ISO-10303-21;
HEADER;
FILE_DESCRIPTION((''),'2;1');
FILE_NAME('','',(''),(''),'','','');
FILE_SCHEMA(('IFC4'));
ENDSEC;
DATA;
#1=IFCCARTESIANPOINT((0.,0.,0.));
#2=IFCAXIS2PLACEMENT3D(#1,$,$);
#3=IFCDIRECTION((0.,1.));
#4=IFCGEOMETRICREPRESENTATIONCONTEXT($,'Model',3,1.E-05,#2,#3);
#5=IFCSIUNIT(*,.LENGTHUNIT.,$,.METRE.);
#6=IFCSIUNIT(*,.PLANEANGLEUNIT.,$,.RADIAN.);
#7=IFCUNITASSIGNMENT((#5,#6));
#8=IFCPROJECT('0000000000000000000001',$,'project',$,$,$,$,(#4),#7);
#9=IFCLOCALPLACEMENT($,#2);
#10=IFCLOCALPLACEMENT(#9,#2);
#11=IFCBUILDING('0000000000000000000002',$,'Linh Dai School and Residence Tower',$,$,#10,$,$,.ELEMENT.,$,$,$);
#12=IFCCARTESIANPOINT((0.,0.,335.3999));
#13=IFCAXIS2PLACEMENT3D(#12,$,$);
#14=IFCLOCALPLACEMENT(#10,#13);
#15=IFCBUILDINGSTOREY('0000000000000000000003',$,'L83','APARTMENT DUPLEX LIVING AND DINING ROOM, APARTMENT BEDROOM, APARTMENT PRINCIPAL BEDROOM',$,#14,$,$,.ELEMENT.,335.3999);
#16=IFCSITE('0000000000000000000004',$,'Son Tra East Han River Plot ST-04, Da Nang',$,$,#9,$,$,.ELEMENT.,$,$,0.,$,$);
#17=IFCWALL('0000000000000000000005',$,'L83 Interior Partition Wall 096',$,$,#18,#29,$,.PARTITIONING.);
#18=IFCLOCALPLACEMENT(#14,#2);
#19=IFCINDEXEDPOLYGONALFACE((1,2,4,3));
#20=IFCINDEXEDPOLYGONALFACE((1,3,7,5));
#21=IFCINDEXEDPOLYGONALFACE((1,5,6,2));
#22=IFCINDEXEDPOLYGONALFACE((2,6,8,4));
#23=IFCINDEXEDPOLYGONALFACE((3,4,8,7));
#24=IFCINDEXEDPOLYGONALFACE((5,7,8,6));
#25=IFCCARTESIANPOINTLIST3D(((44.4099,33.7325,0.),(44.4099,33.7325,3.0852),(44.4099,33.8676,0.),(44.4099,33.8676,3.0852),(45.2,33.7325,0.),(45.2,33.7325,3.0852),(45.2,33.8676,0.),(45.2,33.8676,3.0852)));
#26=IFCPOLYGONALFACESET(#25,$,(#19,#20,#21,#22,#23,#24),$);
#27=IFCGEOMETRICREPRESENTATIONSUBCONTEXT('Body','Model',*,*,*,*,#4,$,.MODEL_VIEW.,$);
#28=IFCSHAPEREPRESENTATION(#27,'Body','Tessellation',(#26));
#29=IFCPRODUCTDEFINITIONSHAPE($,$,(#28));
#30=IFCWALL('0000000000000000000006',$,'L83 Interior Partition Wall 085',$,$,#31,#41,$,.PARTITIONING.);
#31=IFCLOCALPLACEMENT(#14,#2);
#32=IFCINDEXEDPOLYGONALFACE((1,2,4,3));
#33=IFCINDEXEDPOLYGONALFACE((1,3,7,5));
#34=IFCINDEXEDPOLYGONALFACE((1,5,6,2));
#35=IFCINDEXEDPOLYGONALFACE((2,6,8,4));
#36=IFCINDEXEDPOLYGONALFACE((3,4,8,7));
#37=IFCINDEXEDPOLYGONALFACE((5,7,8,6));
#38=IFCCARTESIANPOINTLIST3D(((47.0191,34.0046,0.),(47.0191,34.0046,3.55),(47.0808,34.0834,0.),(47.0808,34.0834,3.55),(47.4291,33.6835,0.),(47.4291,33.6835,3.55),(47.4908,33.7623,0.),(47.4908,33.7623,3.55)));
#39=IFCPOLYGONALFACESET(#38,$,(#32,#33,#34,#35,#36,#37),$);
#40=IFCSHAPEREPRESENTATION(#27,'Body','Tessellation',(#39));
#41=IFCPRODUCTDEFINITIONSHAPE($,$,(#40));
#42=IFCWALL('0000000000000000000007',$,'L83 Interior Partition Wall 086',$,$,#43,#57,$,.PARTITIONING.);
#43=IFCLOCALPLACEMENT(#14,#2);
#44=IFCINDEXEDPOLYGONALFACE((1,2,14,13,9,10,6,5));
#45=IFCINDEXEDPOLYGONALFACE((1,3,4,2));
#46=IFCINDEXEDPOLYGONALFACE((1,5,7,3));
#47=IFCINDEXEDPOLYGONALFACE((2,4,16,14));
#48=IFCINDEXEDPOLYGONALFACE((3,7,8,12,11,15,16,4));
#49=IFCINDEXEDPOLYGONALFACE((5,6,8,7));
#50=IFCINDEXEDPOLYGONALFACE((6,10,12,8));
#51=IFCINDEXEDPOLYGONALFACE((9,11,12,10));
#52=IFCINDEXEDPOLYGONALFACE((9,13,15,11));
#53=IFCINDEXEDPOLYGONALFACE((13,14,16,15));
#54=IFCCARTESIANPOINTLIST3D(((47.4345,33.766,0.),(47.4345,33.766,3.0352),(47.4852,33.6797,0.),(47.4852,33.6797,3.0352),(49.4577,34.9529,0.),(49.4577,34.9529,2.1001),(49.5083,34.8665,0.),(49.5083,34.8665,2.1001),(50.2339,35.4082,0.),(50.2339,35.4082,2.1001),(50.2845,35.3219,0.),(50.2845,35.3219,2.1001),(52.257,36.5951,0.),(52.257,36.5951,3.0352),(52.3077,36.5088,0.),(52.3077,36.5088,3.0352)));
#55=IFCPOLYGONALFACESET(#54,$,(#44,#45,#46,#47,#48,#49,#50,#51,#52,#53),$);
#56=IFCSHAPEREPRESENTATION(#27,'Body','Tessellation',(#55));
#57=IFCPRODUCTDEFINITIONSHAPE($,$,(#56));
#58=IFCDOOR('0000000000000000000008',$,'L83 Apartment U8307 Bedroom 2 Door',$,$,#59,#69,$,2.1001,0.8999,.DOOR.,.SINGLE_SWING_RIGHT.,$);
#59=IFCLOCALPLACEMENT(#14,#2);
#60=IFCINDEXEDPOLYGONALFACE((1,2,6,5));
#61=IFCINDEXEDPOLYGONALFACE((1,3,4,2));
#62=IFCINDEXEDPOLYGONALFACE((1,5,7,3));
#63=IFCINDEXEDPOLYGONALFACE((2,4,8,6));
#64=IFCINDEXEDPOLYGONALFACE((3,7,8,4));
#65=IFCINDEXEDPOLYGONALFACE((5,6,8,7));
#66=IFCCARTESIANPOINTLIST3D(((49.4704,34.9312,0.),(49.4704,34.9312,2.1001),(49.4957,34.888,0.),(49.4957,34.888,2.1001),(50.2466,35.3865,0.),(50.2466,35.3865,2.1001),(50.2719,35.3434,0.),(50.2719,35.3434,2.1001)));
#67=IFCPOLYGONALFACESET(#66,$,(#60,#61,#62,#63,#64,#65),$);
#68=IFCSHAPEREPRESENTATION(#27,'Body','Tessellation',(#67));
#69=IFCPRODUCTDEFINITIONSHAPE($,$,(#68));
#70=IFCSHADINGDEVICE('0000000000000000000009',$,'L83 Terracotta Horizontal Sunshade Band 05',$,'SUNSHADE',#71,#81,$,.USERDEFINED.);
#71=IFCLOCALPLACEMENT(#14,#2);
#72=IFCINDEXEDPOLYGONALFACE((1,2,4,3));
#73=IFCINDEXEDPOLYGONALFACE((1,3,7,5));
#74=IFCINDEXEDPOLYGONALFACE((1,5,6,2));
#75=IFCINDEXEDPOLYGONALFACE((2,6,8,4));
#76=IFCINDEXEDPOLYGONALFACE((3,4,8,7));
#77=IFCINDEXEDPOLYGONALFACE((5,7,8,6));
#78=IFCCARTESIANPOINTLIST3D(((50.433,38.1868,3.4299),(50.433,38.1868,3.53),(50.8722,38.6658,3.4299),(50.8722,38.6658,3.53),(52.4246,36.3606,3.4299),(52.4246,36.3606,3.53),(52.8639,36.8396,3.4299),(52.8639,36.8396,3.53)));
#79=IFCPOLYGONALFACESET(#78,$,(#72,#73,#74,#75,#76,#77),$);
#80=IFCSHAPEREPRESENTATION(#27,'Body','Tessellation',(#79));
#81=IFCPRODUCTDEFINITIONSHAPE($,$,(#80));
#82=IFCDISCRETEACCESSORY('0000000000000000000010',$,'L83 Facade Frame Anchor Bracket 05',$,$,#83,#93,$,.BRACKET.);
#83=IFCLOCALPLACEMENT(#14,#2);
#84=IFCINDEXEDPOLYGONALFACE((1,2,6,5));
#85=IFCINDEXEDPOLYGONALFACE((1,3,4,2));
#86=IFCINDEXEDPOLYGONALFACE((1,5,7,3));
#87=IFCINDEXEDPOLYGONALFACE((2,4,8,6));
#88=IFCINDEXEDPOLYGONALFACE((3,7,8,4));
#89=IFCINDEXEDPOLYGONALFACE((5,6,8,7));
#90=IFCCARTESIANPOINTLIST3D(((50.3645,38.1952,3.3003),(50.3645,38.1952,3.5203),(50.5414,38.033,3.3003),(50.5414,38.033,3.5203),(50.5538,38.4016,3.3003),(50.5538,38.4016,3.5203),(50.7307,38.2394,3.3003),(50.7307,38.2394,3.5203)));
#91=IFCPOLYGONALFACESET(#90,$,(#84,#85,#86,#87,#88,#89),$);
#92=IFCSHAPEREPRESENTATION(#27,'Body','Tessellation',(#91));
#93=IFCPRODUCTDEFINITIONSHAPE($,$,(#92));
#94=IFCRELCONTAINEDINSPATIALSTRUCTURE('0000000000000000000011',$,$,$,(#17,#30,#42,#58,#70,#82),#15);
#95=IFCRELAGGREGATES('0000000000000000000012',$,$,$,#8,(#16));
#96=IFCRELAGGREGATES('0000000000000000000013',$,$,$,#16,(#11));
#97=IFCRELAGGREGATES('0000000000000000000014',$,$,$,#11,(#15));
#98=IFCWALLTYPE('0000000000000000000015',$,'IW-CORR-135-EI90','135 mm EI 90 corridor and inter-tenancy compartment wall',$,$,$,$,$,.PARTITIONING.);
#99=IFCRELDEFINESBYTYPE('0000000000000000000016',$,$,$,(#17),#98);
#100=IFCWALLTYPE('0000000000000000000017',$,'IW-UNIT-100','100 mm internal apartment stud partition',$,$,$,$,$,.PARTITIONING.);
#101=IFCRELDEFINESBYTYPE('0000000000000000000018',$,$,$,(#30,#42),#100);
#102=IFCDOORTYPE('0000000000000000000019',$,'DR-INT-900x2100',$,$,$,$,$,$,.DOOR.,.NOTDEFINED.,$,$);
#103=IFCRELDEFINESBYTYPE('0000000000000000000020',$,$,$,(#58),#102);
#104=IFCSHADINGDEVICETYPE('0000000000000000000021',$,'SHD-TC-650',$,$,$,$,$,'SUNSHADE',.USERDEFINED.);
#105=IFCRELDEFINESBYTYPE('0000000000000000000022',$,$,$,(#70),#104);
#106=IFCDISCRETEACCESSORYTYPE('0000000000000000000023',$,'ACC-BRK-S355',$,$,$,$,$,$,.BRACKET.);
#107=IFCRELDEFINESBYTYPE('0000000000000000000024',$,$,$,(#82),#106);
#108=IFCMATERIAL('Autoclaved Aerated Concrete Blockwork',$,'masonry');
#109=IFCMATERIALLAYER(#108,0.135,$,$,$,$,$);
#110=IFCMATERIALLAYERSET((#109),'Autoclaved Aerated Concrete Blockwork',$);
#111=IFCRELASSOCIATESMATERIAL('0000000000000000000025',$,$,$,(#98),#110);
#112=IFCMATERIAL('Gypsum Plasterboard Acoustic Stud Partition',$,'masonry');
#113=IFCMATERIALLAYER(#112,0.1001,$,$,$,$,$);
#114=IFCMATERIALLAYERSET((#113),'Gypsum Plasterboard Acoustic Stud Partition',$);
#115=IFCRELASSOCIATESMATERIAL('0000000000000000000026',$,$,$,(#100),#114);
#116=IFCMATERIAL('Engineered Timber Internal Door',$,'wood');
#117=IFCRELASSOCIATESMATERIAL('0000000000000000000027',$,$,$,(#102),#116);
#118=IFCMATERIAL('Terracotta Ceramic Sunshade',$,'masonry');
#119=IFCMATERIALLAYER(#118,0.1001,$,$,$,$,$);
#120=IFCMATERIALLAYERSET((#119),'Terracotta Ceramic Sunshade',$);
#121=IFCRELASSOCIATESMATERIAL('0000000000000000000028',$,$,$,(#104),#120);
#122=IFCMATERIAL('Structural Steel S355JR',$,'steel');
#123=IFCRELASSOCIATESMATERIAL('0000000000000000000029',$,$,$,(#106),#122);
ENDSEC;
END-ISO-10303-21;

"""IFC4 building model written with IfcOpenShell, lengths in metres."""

from ifc_helpers import new_model, si_unit, direction, frame, frame_2d, origin, origin_2d, place, context, subcontext, project, spatial, rectangle, extrude, source, transform, mapped, material, layer, layer_set, type_object, element, fill, save


model = new_model("IFC4")

# Units and contexts
model_context = context("Model", 3, precision=1e-05, world=origin(), true_north=direction((0.0, 1.0)))
body_context = subcontext(model_context, "Body", "Model", "MODEL_VIEW")
ifc_project = project(units=[si_unit("LENGTHUNIT", "METRE"), si_unit("PLANEANGLEUNIT", "RADIAN")], contexts=[model_context])

# Site, building, storey
site_placement = place(None, origin())
site = spatial("IfcSite", under=ifc_project, at=site_placement, Name="Son Tra East Han River Plot ST-04, Da Nang", CompositionType="ELEMENT", RefElevation=0.0)
building_placement = place(site_placement, origin())
building = spatial("IfcBuilding", under=site, at=building_placement, Name="Linh Dai School and Residence Tower", CompositionType="ELEMENT")
storey_placement = place(building_placement, frame((0.0, 0.0, 335.3999)))
storey = spatial("IfcBuildingStorey", under=building, at=storey_placement, Name="L83", Description="APARTMENT DUPLEX LIVING AND DINING ROOM, APARTMENT BEDROOM, APARTMENT PRINCIPAL BEDROOM", CompositionType="ELEMENT", Elevation=335.3999)

# Shared definitions
ifc_material_1 = material(Name="Structural Steel S355JR", Category="steel")

# Walls
ifc_material_2 = material(Name="Autoclaved Aerated Concrete Blockwork", Category="masonry")
ifc_layer_1 = layer(ifc_material_2, 0.135)
ifc_layer_set_1 = layer_set([ifc_layer_1], Name="Autoclaved Aerated Concrete Blockwork")
wall_type_1 = type_object("IfcWallType", Name="IW-CORR-135-EI90", Description="135 mm EI 90 corridor and inter-tenancy compartment wall", PredefinedType="PARTITIONING", material=ifc_layer_set_1)
wall_1_placement = place(storey_placement, frame((45.2, 33.8, 0.0), z_axis=(0.0, 0.0, 1.0), x_axis=(-1.0, 0.0, 0.0)))
element("IfcWall", 1, at=wall_1_placement, inside=storey, type_object=wall_type_1, Name="L83 Interior Partition Wall 096", PredefinedType="PARTITIONING", context=body_context, shape_type="SweptSolid", body=[
    extrude(rectangle(XDim=0.79, YDim=0.135, at=frame_2d((0.395, 0.0))), origin(), (0.0, 0.0, 1.0), 3.0852),
])
ifc_material_3 = material(Name="Gypsum Plasterboard Acoustic Stud Partition", Category="masonry")
ifc_layer_2 = layer(ifc_material_3, 0.1001)
ifc_layer_set_2 = layer_set([ifc_layer_2], Name="Gypsum Plasterboard Acoustic Stud Partition")
wall_type_2 = type_object("IfcWallType", Name="IW-UNIT-100", Description="100 mm internal apartment stud partition", PredefinedType="PARTITIONING", material=ifc_layer_set_2)
wall_2_placement = place(storey_placement, frame((47.05, 34.0439, 0.0), z_axis=(0.0, 0.0, 1.0), x_axis=(0.787277, -0.616599, 0.0)))
element("IfcWall", 2, at=wall_2_placement, inside=storey, type_object=wall_type_2, Name="L83 Interior Partition Wall 085", PredefinedType="PARTITIONING", context=body_context, shape_type="SweptSolid", body=[
    extrude(rectangle(XDim=0.5208, YDim=0.1001, at=frame_2d((0.2603, 0.0))), origin(), (0.0, 0.0, 1.0), 3.55),
])

# Wall, opening, door
wall_3_placement = place(storey_placement, frame((47.46, 33.7229, 0.0), z_axis=(0.0, 0.0, 1.0), x_axis=(0.862533, 0.506001, 0.0)))
wall_3 = element("IfcWall", 3, at=wall_3_placement, inside=storey, type_object=wall_type_2, Name="L83 Interior Partition Wall 086", PredefinedType="PARTITIONING", context=body_context, shape_type="SweptSolid", body=[
    extrude(rectangle(XDim=5.5911, YDim=0.1001, at=frame_2d((2.7954, 0.0))), origin(), (0.0, 0.0, 1.0), 3.0352),
])
opening_1_placement = place(wall_3_placement, frame((2.3455, 0.0, 0.0)))
opening_1 = element("IfcOpeningElement", 4, at=opening_1_placement, cuts=wall_3, PredefinedType="OPENING", context=body_context, shape_type="SweptSolid", body=[
    extrude(rectangle(XDim=0.8999, YDim=2.1001, at=origin_2d()), frame((0.45, 0.0601, 1.05), z_axis=(0.0, -1.0, 0.0), x_axis=(1.0, 0.0, 0.0)), (0.0, 0.0, 1.0), 0.1201),
])
ifc_material_4 = material(Name="Engineered Timber Internal Door", Category="wood")
door_type = type_object("IfcDoorType", Name="DR-INT-900x2100", OperationType="NOTDEFINED", PredefinedType="DOOR", material=ifc_material_4)
shared_shape_1 = source(origin(), body_context, "Body", "SweptSolid", [
    extrude(rectangle(XDim=0.8999, YDim=2.1001, at=origin_2d()), frame((0.45, 0.0249, 1.05), z_axis=(0.0, -1.0, 0.0), x_axis=(1.0, 0.0, 0.0)), (0.0, 0.0, 1.0), 0.05),
])
door_placement = place(opening_1_placement, origin())
door = element("IfcDoor", 5, at=door_placement, inside=storey, type_object=door_type, Name="L83 Apartment U8307 Bedroom 2 Door", OperationType="SINGLE_SWING_RIGHT", OverallHeight=2.1001, OverallWidth=0.8999, PredefinedType="DOOR", context=body_context, shape_type="MappedRepresentation", body=[
    mapped(shared_shape_1, transform((0.0, 0.0, 0.0), x_axis=(1.0, 0.0, 0.0), y_axis=(0.0, 1.0, 0.0), z_axis=(0.0, 0.0, 1.0), scale=1.0)),
])
fill(opening_1, door)

# Shading device
ifc_material_5 = material(Name="Terracotta Ceramic Sunshade", Category="masonry")
ifc_layer_3 = layer(ifc_material_5, 0.1001)
ifc_layer_set_3 = layer_set([ifc_layer_3], Name="Terracotta Ceramic Sunshade")
shading_device_type = type_object("IfcShadingDeviceType", Name="SHD-TC-650", ElementType="SUNSHADE", PredefinedType="USERDEFINED", material=ifc_layer_set_3)
shared_shape_2 = source(origin(), body_context, "Body", "SweptSolid", [
    extrude(rectangle(XDim=2.7021, YDim=0.6499, at=origin_2d()), origin(), (0.0, 0.0, 1.0), 0.1001),
])
shading_device_placement = place(storey_placement, frame((51.6484, 37.5132, 3.4299), z_axis=(0.0, 0.0, 1.0), x_axis=(0.737048, -0.675841, 0.0)))
element("IfcShadingDevice", 6, at=shading_device_placement, inside=storey, type_object=shading_device_type, Name="L83 Terracotta Horizontal Sunshade Band 05", ObjectType="SUNSHADE", PredefinedType="USERDEFINED", context=body_context, shape_type="MappedRepresentation", body=[
    mapped(shared_shape_2, transform((0.0, 0.0, 0.0), x_axis=(1.0, 0.0, 0.0), y_axis=(0.0, 1.0, 0.0), z_axis=(0.0, 0.0, 1.0), scale=1.0)),
])

# Discrete accessory
discrete_accessory_type = type_object("IfcDiscreteAccessoryType", Name="ACC-BRK-S355", PredefinedType="BRACKET", material=ifc_material_1)
shared_shape_3 = source(origin(), body_context, "Body", "SweptSolid", [
    extrude(rectangle(XDim=0.28, YDim=0.24, at=origin_2d()), origin(), (0.0, 0.0, 1.0), 0.22),
])
discrete_accessory_placement = place(storey_placement, frame((50.5476, 38.2173, 3.3003), z_axis=(0.0, 0.0, 1.0), x_axis=(0.675841, 0.737048, 0.0)))
element("IfcDiscreteAccessory", 7, at=discrete_accessory_placement, inside=storey, type_object=discrete_accessory_type, Name="L83 Facade Frame Anchor Bracket 05", PredefinedType="BRACKET", context=body_context, shape_type="MappedRepresentation", body=[
    mapped(shared_shape_3, transform((0.0, 0.0, 0.0), x_axis=(1.0, 0.0, 0.0), y_axis=(0.0, 1.0, 0.0), z_axis=(0.0, 0.0, 1.0), scale=1.0)),
])

save(model, "model.ifc")
